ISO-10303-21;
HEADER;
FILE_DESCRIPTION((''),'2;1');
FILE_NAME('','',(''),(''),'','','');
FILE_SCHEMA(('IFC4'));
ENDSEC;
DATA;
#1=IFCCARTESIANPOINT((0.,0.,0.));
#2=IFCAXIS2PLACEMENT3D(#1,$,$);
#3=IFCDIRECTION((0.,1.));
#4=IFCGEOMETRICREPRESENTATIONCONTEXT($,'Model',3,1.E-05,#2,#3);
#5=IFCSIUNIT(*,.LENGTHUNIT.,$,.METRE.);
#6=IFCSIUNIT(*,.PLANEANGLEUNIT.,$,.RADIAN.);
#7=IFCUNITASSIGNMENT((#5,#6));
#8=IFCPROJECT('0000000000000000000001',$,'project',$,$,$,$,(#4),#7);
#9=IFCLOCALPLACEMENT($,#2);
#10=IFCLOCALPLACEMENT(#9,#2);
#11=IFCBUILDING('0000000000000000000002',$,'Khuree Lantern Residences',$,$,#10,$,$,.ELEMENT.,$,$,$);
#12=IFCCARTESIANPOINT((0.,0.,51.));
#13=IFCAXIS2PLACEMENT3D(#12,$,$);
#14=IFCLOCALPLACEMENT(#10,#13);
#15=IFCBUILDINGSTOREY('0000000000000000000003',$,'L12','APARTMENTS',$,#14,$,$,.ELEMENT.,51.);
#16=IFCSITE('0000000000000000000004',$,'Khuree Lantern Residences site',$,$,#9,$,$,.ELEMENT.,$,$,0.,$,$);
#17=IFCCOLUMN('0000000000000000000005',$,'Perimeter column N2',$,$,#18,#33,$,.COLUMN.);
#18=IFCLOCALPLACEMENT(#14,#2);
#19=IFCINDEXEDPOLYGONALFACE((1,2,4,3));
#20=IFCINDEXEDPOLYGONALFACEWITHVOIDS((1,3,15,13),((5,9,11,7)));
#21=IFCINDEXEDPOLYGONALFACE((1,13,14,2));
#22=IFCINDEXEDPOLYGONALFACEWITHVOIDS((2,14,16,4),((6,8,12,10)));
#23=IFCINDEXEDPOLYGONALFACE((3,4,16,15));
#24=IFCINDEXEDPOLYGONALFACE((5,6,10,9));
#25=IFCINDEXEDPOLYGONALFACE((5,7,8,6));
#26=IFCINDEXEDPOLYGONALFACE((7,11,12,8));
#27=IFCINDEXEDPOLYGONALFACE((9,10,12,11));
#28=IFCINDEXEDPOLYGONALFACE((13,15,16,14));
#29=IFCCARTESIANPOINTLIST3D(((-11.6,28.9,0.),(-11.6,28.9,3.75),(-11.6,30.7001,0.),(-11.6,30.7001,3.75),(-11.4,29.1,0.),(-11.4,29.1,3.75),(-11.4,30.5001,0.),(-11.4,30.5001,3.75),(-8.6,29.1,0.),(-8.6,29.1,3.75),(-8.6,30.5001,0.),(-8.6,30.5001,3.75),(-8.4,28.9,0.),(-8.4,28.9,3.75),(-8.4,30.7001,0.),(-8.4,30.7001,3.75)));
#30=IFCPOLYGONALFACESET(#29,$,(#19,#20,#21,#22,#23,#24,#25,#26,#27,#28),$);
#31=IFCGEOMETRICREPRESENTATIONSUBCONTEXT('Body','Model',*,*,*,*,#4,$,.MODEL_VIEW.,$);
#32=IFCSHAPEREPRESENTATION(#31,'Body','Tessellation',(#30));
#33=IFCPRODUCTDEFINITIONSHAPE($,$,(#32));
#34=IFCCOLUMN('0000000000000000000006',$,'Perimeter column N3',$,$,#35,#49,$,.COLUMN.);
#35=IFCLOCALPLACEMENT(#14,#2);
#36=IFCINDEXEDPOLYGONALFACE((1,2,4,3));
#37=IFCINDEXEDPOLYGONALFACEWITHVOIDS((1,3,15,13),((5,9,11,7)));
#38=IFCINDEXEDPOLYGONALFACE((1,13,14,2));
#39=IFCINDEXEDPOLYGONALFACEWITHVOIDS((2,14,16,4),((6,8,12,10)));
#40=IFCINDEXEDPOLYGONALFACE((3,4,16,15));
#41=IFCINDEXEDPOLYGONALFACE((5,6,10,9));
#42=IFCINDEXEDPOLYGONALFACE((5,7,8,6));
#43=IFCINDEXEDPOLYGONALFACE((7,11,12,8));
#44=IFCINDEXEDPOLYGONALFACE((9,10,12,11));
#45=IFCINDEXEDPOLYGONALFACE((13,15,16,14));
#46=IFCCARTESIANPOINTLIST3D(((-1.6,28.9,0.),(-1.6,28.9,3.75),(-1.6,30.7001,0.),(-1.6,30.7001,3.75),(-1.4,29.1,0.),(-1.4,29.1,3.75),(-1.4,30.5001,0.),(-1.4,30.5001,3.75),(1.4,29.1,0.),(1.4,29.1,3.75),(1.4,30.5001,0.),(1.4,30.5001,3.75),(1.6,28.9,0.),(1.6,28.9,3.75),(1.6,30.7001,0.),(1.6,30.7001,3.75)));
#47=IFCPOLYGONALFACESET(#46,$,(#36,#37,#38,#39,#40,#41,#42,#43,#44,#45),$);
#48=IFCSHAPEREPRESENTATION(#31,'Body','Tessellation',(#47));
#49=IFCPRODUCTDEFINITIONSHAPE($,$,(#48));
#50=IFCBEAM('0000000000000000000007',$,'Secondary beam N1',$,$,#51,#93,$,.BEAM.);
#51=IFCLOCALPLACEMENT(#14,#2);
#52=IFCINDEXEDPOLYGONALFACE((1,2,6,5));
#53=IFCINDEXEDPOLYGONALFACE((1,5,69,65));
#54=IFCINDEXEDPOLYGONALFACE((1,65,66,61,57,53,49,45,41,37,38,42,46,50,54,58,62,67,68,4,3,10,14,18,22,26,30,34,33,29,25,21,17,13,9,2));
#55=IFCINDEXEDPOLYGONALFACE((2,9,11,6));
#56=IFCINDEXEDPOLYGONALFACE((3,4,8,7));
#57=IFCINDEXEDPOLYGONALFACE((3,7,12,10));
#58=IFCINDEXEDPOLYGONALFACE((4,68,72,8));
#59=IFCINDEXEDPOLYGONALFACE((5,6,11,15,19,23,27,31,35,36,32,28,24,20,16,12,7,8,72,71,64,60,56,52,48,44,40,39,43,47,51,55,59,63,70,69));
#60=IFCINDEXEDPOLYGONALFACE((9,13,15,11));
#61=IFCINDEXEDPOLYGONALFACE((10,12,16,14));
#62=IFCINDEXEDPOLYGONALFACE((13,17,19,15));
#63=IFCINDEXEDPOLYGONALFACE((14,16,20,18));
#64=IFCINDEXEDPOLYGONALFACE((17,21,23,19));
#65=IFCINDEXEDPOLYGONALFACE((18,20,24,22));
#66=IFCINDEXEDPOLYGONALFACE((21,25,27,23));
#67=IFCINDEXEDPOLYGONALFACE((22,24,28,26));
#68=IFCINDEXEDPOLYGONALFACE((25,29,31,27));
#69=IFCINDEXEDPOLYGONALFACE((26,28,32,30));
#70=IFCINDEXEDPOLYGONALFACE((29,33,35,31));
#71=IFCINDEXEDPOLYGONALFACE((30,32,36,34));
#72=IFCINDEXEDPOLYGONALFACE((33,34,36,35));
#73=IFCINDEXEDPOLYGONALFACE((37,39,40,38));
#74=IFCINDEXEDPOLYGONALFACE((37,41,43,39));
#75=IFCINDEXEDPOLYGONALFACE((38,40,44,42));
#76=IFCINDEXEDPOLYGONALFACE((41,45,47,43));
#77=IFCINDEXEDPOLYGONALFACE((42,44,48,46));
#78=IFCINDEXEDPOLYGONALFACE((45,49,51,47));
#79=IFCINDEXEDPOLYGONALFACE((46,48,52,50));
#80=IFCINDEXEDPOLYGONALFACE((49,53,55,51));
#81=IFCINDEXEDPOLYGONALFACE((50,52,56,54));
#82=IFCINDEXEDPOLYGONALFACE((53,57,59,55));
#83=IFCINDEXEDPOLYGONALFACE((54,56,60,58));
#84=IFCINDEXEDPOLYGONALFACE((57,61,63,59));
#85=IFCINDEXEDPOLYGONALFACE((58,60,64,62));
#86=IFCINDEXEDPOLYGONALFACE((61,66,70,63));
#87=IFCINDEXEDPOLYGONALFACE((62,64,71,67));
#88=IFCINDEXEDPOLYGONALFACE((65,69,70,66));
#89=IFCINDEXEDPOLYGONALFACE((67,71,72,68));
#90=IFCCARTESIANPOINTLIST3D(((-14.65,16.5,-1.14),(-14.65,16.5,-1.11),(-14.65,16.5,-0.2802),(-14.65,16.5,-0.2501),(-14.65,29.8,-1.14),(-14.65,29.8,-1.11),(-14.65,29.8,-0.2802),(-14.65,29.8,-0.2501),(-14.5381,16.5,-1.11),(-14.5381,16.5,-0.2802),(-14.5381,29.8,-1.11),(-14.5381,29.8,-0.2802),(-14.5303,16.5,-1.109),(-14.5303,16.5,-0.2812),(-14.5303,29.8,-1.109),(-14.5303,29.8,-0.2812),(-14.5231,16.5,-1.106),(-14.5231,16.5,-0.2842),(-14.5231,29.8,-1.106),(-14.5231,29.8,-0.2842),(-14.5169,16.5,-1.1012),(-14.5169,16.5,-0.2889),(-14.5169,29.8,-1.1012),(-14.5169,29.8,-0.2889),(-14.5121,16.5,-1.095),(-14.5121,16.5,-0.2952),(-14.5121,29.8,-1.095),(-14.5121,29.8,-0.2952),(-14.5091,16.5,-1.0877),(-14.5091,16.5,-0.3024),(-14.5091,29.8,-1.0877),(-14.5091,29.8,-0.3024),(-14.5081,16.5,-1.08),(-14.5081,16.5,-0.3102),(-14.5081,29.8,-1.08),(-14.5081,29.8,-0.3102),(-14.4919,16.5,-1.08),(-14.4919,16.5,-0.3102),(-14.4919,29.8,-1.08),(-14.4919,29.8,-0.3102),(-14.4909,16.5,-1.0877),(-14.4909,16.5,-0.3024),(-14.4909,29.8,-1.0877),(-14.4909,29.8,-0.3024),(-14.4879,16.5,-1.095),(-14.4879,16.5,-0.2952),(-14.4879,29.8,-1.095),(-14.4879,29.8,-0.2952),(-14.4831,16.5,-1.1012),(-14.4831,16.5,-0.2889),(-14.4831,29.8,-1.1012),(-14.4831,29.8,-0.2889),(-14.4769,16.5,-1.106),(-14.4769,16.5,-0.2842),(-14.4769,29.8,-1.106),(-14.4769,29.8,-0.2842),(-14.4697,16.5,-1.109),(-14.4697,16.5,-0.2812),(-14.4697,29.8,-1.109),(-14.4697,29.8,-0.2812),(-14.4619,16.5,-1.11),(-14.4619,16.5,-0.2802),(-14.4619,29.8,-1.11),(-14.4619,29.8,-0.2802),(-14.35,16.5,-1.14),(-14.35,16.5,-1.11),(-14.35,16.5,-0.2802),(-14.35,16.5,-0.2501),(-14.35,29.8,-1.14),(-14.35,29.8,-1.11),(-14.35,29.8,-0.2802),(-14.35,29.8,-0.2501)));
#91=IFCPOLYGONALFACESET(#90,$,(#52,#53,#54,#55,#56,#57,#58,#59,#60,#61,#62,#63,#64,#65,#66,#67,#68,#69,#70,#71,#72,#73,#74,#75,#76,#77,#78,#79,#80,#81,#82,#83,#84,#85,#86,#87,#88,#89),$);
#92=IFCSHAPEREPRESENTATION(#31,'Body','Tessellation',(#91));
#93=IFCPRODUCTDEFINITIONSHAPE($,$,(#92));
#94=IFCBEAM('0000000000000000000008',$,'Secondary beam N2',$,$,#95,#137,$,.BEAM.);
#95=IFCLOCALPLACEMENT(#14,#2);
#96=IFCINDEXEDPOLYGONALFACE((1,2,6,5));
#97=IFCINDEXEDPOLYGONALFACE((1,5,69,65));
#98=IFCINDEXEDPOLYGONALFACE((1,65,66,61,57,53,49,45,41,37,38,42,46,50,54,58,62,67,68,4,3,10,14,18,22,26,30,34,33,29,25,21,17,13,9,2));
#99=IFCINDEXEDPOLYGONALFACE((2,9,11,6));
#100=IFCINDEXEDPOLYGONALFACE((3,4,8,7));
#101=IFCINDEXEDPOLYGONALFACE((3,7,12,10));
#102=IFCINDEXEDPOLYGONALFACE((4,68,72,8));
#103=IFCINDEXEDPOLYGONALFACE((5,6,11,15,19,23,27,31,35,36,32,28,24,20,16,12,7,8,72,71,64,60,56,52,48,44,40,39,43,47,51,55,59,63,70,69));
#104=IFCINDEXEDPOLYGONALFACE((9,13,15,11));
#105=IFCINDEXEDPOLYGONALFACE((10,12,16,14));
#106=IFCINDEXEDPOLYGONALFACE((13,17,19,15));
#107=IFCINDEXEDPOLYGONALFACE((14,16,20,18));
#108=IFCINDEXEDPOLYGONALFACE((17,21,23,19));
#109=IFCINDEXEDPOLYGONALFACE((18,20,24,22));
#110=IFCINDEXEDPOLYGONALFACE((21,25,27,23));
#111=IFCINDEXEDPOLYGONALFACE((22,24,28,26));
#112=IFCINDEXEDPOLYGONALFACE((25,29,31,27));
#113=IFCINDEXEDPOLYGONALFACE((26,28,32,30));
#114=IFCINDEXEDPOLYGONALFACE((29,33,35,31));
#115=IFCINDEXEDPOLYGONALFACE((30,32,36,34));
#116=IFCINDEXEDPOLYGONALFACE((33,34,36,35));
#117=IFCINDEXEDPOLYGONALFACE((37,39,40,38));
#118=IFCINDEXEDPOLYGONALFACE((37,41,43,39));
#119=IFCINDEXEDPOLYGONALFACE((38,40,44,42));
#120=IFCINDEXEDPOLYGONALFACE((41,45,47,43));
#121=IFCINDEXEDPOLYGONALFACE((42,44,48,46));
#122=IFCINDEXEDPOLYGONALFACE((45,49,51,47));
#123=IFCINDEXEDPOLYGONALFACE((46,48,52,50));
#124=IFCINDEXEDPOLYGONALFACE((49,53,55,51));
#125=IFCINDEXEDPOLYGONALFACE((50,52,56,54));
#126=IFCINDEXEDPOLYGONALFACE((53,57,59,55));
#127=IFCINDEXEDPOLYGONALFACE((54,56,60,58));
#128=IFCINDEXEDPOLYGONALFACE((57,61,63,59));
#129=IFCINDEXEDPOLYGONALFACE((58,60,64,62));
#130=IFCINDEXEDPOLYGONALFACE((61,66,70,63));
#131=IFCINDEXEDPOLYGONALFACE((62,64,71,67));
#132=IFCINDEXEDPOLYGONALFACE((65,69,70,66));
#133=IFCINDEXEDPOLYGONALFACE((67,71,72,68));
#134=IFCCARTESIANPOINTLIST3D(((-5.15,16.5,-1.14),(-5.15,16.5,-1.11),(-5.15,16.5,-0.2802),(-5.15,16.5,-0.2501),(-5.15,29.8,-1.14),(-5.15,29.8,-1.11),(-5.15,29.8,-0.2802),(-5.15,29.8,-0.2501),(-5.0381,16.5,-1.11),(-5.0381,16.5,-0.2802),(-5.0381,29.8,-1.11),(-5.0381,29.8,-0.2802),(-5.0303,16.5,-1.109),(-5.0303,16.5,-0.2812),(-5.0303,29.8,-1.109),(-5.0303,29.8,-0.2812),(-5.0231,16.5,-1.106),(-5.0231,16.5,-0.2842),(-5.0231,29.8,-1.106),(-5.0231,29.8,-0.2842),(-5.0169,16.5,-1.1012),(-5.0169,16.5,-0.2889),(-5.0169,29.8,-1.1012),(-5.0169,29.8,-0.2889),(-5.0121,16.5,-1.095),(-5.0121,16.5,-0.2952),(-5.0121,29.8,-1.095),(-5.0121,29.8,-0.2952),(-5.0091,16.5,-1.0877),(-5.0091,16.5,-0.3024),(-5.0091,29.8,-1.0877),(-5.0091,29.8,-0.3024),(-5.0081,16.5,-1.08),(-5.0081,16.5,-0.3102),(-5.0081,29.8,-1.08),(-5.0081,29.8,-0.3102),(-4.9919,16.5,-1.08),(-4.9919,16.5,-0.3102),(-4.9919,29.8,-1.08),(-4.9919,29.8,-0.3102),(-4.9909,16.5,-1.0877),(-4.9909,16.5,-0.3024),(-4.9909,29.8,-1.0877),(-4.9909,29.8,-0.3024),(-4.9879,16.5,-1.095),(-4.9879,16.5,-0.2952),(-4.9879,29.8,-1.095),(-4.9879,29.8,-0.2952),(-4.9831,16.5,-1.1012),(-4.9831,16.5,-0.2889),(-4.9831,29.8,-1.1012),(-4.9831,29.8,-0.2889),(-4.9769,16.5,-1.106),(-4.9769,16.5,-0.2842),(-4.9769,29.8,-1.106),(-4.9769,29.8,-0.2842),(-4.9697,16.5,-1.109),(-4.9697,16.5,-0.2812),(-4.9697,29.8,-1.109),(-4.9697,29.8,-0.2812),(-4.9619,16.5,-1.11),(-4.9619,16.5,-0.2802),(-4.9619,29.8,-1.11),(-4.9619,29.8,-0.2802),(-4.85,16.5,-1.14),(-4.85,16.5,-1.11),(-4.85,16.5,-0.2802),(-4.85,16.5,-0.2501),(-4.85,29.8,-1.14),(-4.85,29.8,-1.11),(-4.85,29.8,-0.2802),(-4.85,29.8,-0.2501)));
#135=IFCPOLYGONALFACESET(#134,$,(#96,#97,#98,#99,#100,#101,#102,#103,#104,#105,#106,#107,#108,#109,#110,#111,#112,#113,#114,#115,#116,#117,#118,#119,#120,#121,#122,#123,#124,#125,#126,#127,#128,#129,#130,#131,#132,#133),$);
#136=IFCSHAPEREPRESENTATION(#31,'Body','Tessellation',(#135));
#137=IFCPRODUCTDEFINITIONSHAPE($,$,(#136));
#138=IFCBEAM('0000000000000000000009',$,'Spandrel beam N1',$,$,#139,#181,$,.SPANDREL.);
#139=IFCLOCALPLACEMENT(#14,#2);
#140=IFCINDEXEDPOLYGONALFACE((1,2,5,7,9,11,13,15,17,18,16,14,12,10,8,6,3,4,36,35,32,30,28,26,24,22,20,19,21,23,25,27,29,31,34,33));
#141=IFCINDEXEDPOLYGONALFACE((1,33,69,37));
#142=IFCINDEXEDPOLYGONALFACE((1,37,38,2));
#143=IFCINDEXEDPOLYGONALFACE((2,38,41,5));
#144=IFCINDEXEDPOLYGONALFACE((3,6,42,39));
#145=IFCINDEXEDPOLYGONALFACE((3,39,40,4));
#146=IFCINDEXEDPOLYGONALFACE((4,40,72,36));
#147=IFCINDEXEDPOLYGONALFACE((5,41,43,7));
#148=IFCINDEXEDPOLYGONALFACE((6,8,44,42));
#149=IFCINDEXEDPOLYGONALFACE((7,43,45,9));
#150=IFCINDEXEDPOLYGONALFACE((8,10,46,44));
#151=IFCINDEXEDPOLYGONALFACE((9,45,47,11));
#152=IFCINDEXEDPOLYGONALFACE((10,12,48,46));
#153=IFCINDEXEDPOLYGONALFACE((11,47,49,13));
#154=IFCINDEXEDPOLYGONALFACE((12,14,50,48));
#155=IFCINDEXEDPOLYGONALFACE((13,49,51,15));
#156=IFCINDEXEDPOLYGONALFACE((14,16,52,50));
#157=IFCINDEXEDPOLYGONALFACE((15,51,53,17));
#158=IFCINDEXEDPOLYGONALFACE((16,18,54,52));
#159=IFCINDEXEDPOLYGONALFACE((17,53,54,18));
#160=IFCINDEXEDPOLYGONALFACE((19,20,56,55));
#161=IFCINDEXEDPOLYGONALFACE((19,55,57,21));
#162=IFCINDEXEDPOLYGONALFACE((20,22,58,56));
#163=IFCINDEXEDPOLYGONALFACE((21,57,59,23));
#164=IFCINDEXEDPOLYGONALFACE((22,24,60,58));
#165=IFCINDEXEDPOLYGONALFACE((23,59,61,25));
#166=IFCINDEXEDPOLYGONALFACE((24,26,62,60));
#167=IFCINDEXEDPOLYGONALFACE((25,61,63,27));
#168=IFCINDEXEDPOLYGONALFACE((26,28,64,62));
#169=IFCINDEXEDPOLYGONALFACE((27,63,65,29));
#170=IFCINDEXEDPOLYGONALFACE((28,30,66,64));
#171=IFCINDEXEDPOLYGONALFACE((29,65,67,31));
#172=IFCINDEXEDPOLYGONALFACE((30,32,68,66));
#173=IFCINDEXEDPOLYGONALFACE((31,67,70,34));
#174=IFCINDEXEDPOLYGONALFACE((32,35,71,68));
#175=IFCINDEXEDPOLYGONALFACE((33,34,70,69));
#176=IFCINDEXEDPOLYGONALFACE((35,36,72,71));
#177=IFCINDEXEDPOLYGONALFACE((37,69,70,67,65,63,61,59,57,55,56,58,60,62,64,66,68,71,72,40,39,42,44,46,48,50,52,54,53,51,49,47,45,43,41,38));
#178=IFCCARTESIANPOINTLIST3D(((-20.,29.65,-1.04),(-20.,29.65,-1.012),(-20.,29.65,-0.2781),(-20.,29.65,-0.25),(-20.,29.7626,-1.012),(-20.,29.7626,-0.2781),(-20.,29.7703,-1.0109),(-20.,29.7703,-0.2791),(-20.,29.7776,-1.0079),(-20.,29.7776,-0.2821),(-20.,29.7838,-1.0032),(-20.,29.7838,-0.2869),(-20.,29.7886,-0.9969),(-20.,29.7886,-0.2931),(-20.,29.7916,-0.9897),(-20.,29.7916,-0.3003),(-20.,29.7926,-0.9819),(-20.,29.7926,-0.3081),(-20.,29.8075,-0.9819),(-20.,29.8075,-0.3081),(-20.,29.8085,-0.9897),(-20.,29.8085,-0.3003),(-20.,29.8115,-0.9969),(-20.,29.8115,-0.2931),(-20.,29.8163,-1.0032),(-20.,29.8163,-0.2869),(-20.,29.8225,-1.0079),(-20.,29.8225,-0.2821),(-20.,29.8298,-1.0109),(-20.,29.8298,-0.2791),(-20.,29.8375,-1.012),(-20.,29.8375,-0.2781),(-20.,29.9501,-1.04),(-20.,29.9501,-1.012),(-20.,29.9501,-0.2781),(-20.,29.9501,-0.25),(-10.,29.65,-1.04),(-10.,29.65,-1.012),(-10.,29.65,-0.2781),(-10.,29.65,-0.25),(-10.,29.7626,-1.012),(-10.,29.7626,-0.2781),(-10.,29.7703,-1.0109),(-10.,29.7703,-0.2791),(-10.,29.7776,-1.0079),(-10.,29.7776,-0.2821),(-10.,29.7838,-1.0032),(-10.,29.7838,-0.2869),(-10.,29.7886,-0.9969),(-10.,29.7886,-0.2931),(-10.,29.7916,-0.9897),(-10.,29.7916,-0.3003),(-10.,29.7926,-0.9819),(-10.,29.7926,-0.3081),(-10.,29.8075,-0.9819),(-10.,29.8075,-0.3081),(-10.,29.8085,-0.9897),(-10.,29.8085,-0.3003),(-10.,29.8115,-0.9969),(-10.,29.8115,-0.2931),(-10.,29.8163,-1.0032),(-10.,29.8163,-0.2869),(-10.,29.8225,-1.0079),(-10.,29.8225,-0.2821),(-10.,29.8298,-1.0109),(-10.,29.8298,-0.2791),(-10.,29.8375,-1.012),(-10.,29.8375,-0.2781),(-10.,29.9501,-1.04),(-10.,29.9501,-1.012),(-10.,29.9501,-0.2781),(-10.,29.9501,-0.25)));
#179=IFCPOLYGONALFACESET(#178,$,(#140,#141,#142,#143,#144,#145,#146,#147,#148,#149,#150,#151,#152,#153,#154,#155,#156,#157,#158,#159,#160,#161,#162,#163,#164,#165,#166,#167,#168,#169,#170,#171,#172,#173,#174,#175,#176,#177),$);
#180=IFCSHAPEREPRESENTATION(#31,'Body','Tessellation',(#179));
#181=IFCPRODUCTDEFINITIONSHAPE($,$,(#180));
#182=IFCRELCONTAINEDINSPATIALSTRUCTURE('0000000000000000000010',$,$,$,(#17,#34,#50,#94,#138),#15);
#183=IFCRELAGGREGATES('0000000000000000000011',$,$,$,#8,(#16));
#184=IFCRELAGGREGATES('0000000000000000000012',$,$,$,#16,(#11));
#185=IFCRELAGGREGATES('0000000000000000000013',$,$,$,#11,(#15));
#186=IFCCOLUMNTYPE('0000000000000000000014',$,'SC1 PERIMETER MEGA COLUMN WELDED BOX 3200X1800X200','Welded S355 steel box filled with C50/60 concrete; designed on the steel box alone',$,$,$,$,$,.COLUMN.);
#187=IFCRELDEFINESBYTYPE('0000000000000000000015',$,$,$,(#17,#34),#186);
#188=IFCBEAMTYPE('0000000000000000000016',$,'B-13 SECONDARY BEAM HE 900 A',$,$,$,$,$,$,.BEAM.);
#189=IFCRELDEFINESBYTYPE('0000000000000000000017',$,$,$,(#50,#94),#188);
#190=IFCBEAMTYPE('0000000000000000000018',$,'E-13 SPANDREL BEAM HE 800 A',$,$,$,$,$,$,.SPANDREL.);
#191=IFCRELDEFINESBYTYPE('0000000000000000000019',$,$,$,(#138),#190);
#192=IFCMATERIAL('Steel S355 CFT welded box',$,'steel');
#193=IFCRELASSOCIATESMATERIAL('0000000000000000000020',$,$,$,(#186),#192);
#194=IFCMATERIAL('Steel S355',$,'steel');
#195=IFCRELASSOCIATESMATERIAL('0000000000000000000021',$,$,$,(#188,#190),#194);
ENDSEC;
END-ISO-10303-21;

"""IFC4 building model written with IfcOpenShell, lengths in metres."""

from ifc_helpers import new_model, si_unit, direction, frame, origin, origin_2d, place, context, subcontext, project, spatial, hollow_rectangle, i_section, extrude, material, material_profile, profile_set, type_object, element, save


model = new_model("IFC4")

# Units and contexts
model_context = context("Model", 3, precision=1e-05, world=origin(), true_north=direction((0.0, 1.0)))
body_context = subcontext(model_context, "Body", "Model", "MODEL_VIEW")
ifc_project = project(units=[si_unit("LENGTHUNIT", "METRE"), si_unit("PLANEANGLEUNIT", "RADIAN")], contexts=[model_context])

# Site, building, storey
site_placement = place(None, origin())
site = spatial("IfcSite", under=ifc_project, at=site_placement, Name="Khuree Lantern Residences site", CompositionType="ELEMENT", RefElevation=0.0)
building_placement = place(site_placement, origin())
building = spatial("IfcBuilding", under=site, at=building_placement, Name="Khuree Lantern Residences", CompositionType="ELEMENT")
storey_placement = place(building_placement, frame((0.0, 0.0, 51.0)))
storey = spatial("IfcBuildingStorey", under=building, at=storey_placement, Name="L12", Description="APARTMENTS", CompositionType="ELEMENT", Elevation=51.0)

# Columns
ifc_material_1 = material(Name="Steel S355 CFT welded box", Category="steel")
ifc_material_profile_1 = material_profile(ifc_material_1, hollow_rectangle(XDim=3.2, YDim=1.8, WallThickness=0.2, at=origin_2d()), Name="WELDED BOX 3200X1800X200")
ifc_profile_set_1 = profile_set([ifc_material_profile_1], Name="Steel S355 CFT welded box")
column_type = type_object("IfcColumnType", Name="SC1 PERIMETER MEGA COLUMN WELDED BOX 3200X1800X200", Description="Welded S355 steel box filled with C50/60 concrete; designed on the steel box alone", PredefinedType="COLUMN", material=ifc_profile_set_1)
for number, where, z_axis, x_axis, name in (
    (1, (-10.0, 29.8, 0.0), (0.0, 0.0, 1.0), (1.0, 0.0, 0.0), "Perimeter column N2"),
    (2, (0.0, 29.8, 0.0), (0.0, 0.0, 1.0), (1.0, 0.0, 0.0), "Perimeter column N3"),
):
    element("IfcColumn", number, at=place(storey_placement, frame(where, z_axis=z_axis, x_axis=x_axis)), inside=storey, type_object=column_type, Name=name, PredefinedType="COLUMN", context=body_context, shape_type="SweptSolid", body=[
        extrude(hollow_rectangle(XDim=3.2, YDim=1.8, WallThickness=0.2, at=origin_2d()), origin(), (0.0, 0.0, 1.0), 3.75),
    ])

# Beams
ifc_material_2 = material(Name="Steel S355", Category="steel")
ifc_material_profile_2 = material_profile(ifc_material_2, i_section(OverallWidth=0.3, OverallDepth=0.8899, WebThickness=0.0161, FlangeThickness=0.03, FilletRadius=0.03, at=origin_2d()), Name="HE 900 A")
ifc_profile_set_2 = profile_set([ifc_material_profile_2], Name="Steel S355")
beam_type_1 = type_object("IfcBeamType", Name="B-13 SECONDARY BEAM HE 900 A", PredefinedType="BEAM", material=ifc_profile_set_2)
for number, where, z_axis, x_axis, name in (
    (3, (-14.5, 29.8, -0.6951), (0.0, -1.0, 0.0), (1.0, 0.0, 0.0), "Secondary beam N1"),
    (4, (-5.0, 29.8, -0.6951), (0.0, -1.0, 0.0), (1.0, 0.0, 0.0), "Secondary beam N2"),
):
    element("IfcBeam", number, at=place(storey_placement, frame(where, z_axis=z_axis, x_axis=x_axis)), inside=storey, type_object=beam_type_1, Name=name, PredefinedType="BEAM", context=body_context, shape_type="SweptSolid", body=[
        extrude(i_section(OverallWidth=0.3, OverallDepth=0.8899, WebThickness=0.0161, FlangeThickness=0.03, FilletRadius=0.03, at=origin_2d()), origin(), (0.0, 0.0, 1.0), 13.3),
    ])
ifc_material_profile_3 = material_profile(ifc_material_2, i_section(OverallWidth=0.3, OverallDepth=0.79, WebThickness=0.0149, FlangeThickness=0.0281, FilletRadius=0.03, at=origin_2d()), Name="HE 800 A")
ifc_profile_set_3 = profile_set([ifc_material_profile_3], Name="Steel S355")
beam_type_2 = type_object("IfcBeamType", Name="E-13 SPANDREL BEAM HE 800 A", PredefinedType="SPANDREL", material=ifc_profile_set_3)
for number, where, z_axis, x_axis, name in (
    (5, (-20.0, 29.8, -0.645), (1.0, 0.0, 0.0), (0.0, 1.0, 0.0), "Spandrel beam N1"),
):
    element("IfcBeam", number, at=place(storey_placement, frame(where, z_axis=z_axis, x_axis=x_axis)), inside=storey, type_object=beam_type_2, Name=name, PredefinedType="SPANDREL", context=body_context, shape_type="SweptSolid", body=[
        extrude(i_section(OverallWidth=0.3, OverallDepth=0.79, WebThickness=0.0149, FlangeThickness=0.0281, FilletRadius=0.03, at=origin_2d()), origin(), (0.0, 0.0, 1.0), 10.0),
    ])

save(model, "model.ifc")
